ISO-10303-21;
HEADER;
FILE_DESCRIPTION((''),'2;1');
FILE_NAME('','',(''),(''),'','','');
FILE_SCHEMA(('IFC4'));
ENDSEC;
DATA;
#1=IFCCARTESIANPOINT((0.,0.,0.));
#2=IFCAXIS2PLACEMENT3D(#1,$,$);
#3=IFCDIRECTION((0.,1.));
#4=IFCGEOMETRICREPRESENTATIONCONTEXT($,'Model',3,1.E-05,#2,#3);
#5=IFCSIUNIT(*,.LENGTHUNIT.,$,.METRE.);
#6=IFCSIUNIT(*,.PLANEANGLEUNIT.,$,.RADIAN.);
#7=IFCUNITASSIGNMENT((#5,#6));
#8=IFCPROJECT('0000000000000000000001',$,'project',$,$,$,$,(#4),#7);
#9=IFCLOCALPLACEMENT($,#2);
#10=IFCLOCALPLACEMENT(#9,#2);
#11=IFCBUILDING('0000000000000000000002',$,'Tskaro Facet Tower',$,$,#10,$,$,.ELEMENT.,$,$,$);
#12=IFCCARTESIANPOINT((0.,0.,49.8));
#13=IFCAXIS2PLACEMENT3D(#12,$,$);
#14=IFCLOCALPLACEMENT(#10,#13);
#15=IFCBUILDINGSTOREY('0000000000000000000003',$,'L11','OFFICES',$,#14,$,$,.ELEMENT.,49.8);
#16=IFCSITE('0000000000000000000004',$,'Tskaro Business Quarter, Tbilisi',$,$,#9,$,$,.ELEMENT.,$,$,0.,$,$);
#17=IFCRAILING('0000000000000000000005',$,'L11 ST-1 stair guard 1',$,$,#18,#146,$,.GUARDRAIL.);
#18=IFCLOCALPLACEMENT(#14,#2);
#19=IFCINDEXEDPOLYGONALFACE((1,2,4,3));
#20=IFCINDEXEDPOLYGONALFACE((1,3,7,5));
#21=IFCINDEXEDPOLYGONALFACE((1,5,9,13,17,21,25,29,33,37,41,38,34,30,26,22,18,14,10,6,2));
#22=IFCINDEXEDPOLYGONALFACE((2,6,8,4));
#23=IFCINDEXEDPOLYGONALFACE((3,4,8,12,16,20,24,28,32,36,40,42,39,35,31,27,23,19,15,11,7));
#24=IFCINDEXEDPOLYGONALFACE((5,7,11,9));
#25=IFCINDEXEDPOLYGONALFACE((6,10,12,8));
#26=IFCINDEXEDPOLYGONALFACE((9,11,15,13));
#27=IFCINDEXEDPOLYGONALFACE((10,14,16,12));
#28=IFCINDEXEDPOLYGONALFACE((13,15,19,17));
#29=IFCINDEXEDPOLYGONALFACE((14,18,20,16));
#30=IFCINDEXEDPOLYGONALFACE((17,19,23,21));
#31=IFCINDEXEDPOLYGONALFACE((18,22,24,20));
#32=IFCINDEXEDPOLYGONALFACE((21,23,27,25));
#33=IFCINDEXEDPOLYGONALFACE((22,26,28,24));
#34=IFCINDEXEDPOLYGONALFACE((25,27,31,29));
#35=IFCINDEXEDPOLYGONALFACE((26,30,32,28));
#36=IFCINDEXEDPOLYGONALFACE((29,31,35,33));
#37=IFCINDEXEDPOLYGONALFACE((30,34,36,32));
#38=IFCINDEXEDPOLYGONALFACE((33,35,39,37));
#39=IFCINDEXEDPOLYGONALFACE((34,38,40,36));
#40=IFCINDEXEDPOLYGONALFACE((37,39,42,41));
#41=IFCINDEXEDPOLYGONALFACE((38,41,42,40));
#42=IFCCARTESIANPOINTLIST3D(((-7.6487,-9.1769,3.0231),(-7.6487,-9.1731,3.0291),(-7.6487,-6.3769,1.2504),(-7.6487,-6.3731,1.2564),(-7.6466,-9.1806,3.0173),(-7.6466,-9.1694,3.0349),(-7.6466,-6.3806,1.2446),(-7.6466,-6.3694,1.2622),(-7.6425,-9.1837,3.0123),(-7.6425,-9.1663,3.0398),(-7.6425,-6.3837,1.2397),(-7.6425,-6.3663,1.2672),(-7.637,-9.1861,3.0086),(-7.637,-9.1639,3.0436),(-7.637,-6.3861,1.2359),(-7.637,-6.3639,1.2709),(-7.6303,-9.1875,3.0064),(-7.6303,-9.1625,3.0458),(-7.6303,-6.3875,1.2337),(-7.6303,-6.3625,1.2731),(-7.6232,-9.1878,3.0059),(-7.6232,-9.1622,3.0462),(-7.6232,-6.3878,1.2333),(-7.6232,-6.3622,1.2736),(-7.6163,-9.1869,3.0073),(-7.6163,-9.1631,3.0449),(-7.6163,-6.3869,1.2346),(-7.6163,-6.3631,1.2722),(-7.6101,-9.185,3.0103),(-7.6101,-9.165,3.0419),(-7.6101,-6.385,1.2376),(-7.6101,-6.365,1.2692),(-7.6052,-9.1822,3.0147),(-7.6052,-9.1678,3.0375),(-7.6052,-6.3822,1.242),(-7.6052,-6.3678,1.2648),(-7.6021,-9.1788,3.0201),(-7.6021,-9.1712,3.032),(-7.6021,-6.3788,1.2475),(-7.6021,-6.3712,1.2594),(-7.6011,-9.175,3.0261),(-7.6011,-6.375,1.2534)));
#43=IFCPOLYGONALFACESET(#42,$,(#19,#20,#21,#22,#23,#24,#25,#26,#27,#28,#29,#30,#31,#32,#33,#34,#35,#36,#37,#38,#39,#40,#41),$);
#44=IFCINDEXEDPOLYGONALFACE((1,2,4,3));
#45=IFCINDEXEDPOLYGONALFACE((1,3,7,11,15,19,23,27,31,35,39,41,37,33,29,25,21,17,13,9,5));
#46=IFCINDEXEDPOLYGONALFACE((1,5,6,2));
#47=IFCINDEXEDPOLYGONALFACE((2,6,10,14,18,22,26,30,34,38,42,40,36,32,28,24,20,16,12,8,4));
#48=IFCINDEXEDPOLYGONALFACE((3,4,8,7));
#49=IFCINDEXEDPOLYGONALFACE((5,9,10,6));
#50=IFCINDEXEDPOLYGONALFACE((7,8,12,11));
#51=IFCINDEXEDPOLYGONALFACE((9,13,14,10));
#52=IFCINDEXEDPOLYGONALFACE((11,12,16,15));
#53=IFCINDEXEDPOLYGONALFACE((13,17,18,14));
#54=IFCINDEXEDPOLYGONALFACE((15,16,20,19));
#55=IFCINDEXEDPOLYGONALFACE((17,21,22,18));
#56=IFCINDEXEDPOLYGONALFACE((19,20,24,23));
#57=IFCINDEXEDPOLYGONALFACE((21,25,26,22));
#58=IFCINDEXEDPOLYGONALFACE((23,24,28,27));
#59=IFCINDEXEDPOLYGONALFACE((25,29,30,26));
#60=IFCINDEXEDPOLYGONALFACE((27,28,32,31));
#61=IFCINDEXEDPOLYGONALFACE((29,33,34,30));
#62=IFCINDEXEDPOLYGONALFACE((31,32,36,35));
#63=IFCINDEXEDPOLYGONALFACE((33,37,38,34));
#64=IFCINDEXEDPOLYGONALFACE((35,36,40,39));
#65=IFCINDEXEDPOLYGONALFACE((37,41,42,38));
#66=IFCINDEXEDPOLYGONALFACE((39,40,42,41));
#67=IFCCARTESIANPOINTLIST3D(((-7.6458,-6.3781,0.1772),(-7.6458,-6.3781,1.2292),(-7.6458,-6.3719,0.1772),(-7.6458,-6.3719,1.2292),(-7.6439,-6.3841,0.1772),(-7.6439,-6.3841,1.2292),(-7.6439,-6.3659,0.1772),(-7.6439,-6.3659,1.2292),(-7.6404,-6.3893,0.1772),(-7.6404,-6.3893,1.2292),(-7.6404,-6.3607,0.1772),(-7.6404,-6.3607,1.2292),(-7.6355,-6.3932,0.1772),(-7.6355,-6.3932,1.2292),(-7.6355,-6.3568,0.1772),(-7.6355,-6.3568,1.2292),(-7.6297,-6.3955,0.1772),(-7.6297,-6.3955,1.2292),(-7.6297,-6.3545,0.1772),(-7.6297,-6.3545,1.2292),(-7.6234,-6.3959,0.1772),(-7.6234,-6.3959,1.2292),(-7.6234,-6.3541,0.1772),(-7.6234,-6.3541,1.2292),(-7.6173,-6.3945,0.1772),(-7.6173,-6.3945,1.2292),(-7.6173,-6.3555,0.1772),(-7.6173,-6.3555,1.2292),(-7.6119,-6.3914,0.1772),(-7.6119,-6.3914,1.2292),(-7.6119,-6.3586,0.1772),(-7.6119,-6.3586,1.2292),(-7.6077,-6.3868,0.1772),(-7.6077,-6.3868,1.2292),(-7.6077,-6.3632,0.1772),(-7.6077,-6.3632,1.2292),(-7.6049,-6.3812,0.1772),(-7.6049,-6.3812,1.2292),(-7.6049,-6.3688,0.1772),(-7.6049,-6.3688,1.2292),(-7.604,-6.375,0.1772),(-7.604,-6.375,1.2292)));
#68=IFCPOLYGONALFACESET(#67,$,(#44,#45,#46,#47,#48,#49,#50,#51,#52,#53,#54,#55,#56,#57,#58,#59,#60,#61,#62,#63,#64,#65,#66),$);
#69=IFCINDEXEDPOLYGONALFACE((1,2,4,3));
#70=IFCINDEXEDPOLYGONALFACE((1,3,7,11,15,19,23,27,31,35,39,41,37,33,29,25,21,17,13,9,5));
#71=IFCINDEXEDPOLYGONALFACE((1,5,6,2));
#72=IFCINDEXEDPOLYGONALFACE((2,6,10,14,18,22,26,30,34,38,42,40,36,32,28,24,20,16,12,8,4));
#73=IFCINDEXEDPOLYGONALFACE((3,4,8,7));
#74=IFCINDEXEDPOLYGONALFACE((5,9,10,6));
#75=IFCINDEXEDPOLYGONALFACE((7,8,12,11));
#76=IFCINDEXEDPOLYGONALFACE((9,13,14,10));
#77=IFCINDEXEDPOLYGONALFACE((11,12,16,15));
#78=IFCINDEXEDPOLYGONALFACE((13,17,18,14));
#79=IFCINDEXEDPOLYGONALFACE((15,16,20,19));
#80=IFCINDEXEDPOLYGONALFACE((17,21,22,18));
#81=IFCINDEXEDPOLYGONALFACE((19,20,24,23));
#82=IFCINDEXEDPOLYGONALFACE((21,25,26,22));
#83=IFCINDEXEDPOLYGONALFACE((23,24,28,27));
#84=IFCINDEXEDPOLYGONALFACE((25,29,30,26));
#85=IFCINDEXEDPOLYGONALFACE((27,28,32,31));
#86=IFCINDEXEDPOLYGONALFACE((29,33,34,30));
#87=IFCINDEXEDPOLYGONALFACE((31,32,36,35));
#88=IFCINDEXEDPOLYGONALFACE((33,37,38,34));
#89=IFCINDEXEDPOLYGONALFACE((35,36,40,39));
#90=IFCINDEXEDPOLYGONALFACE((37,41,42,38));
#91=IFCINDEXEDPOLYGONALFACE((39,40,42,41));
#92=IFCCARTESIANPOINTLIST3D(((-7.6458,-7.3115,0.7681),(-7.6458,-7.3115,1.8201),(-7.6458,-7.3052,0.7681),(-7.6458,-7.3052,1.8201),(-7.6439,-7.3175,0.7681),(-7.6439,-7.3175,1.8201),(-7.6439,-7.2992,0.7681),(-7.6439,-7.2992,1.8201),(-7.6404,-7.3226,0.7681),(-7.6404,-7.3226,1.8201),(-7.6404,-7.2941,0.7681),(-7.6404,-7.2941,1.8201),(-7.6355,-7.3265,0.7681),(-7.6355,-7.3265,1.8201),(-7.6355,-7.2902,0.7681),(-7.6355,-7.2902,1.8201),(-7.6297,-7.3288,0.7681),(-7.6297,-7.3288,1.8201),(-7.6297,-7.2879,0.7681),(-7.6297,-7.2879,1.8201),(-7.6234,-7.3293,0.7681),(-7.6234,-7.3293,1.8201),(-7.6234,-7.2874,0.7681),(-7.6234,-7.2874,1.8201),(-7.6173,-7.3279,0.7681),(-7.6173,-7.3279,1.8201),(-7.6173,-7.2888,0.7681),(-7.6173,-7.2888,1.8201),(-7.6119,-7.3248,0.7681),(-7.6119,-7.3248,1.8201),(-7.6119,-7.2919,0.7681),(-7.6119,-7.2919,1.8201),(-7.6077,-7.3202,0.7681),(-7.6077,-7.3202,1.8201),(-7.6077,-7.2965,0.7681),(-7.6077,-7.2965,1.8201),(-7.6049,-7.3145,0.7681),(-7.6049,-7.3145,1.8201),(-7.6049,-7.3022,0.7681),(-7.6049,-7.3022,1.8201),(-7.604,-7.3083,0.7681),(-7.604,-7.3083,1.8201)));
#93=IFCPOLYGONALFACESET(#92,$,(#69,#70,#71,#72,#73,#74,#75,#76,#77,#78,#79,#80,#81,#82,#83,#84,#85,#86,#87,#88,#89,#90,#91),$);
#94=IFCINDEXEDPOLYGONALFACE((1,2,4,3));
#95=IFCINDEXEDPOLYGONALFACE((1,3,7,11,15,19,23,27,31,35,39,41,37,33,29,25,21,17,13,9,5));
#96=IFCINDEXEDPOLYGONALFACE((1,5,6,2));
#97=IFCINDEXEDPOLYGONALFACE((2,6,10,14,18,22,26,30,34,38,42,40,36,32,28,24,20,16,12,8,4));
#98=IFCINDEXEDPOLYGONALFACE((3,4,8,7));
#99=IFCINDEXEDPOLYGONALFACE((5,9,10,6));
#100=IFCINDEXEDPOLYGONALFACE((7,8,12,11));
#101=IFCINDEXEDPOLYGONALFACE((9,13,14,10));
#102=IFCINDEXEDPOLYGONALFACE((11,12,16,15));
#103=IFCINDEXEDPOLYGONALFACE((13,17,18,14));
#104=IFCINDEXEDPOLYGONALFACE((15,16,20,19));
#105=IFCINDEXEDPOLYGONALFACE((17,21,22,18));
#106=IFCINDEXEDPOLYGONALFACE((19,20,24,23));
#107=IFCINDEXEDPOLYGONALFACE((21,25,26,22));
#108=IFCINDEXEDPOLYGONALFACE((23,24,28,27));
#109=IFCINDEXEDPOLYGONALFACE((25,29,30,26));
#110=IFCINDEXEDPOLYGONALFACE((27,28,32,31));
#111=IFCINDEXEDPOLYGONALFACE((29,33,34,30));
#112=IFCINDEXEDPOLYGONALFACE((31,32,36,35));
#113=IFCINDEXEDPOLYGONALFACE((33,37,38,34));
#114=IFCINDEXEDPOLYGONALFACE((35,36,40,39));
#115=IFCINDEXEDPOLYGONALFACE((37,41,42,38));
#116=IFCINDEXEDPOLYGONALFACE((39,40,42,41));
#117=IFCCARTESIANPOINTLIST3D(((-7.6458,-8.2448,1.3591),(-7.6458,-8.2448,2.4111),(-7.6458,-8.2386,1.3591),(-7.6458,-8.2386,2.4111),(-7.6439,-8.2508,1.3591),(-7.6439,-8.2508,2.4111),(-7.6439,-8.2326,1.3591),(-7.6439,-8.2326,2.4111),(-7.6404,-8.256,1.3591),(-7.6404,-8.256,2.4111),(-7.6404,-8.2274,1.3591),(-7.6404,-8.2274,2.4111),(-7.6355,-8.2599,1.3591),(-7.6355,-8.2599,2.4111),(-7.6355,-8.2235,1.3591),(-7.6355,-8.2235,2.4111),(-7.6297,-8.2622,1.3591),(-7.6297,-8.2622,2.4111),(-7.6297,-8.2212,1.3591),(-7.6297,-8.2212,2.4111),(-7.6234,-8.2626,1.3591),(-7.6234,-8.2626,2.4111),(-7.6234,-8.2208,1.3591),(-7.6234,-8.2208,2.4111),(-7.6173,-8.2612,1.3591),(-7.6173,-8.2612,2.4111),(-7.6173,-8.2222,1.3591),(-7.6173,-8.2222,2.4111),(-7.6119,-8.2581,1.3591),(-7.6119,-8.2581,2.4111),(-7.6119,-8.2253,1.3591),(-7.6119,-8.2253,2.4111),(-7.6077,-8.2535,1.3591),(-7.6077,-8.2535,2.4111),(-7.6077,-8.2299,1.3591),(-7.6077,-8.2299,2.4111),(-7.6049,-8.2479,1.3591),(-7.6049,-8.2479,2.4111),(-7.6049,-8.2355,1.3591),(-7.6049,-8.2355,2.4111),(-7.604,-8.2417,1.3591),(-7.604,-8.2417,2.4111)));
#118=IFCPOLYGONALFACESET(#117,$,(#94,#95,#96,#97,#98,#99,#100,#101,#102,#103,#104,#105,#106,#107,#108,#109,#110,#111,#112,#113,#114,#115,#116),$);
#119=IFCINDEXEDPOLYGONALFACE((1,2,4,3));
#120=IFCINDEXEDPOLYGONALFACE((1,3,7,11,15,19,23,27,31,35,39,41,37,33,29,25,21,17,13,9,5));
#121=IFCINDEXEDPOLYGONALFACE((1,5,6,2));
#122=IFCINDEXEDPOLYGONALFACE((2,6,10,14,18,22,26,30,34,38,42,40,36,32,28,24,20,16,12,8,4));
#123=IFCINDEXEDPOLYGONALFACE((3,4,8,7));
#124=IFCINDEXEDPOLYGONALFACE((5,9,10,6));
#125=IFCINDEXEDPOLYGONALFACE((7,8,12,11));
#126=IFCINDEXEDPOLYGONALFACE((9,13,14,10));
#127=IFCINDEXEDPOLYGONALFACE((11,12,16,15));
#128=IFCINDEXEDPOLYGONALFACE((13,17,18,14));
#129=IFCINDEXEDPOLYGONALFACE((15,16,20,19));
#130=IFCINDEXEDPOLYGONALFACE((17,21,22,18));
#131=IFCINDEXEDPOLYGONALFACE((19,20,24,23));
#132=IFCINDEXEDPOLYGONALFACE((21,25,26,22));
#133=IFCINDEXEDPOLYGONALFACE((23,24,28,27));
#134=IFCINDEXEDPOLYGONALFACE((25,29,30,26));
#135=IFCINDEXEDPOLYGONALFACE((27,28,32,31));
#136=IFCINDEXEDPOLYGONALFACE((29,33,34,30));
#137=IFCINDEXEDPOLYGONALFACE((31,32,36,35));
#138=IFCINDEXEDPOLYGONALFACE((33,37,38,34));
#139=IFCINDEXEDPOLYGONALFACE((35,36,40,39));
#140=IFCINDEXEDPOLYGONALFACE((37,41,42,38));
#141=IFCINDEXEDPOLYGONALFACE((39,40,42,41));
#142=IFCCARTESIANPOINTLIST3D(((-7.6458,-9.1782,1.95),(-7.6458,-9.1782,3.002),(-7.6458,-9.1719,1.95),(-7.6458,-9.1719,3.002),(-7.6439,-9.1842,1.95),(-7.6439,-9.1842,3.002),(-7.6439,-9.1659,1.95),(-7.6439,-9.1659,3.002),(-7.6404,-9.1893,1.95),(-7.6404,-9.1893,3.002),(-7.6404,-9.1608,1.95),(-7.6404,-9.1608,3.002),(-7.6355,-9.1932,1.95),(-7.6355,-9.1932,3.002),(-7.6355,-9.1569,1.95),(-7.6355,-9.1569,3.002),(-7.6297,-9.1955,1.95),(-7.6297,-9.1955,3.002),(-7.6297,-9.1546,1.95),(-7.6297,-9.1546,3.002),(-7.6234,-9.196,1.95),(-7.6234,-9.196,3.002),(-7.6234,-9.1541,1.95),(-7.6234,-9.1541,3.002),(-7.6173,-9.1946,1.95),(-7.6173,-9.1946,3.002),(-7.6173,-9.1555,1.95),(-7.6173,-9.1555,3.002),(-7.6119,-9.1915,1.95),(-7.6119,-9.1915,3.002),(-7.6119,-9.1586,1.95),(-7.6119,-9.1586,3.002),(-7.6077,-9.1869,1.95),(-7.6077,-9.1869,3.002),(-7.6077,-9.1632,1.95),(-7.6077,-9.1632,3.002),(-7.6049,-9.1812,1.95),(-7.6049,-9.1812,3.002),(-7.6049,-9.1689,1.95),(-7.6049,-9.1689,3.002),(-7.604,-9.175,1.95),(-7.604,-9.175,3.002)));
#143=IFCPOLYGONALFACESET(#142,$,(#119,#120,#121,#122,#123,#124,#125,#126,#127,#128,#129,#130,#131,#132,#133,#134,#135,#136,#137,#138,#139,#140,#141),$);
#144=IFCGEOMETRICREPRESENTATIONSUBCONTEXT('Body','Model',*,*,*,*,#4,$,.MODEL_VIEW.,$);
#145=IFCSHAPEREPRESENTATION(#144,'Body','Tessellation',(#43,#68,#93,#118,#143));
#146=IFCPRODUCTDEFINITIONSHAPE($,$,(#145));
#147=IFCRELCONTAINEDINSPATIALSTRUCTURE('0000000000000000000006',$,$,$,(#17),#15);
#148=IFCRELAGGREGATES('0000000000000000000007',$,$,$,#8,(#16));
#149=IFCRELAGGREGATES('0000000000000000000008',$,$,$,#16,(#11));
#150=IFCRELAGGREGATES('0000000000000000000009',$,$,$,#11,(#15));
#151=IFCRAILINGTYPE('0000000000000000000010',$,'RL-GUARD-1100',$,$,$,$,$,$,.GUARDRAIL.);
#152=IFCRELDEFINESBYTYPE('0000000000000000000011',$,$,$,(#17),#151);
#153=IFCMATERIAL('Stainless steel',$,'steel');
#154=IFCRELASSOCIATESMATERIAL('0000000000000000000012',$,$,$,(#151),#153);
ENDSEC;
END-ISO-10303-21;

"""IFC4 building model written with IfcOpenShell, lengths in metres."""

from ifc_helpers import new_model, si_unit, direction, frame, origin, origin_2d, place, context, subcontext, project, spatial, circle, extrude, material, type_object, element, save


model = new_model("IFC4")

# Units and contexts
model_context = context("Model", 3, precision=1e-05, world=origin(), true_north=direction((0.0, 1.0)))
body_context = subcontext(model_context, "Body", "Model", "MODEL_VIEW")
ifc_project = project(units=[si_unit("LENGTHUNIT", "METRE"), si_unit("PLANEANGLEUNIT", "RADIAN")], contexts=[model_context])

# Site, building, storey
site_placement = place(None, origin())
site = spatial("IfcSite", under=ifc_project, at=site_placement, Name="Tskaro Business Quarter, Tbilisi", CompositionType="ELEMENT", RefElevation=0.0)
building_placement = place(site_placement, origin())
building = spatial("IfcBuilding", under=site, at=building_placement, Name="Tskaro Facet Tower", CompositionType="ELEMENT")
storey_placement = place(building_placement, frame((0.0, 0.0, 49.8)))
storey = spatial("IfcBuildingStorey", under=building, at=storey_placement, Name="L11", Description="OFFICES", CompositionType="ELEMENT", Elevation=49.8)

# Shared definitions
ifc_material_1 = material(Name="Stainless steel", Category="steel")

# Railing
railing_type_1 = type_object("IfcRailingType", Name="RL-GUARD-1100", PredefinedType="GUARDRAIL", material=ifc_material_1)
railing_1_placement = place(storey_placement, frame((-7.625, -6.375, 0.1772)))
element("IfcRailing", 1, at=railing_1_placement, inside=storey, type_object=railing_type_1, Name="L11 ST-1 stair guard 1", PredefinedType="GUARDRAIL", context=body_context, shape_type="SweptSolid", body=[
    extrude(circle(Radius=0.0239, at=origin_2d()), frame((0.0, 0.0, 1.0762), z_axis=(0.0, -0.844909, 0.53491), x_axis=(1.0, 0.0, 0.0)), (0.0, 0.0, 1.0), 3.314),
    extrude(circle(Radius=0.021, at=origin_2d()), origin(), (0.0, 0.0, 1.0), 1.052),
    extrude(circle(Radius=0.021, at=origin_2d()), frame((0.0, -0.9333, 0.5908)), (0.0, 0.0, 1.0), 1.052),
    extrude(circle(Radius=0.021, at=origin_2d()), frame((0.0, -1.8667, 1.1819)), (0.0, 0.0, 1.0), 1.052),
    extrude(circle(Radius=0.021, at=origin_2d()), frame((0.0, -2.8, 1.7727)), (0.0, 0.0, 1.0), 1.052),
])

save(model, "model.ifc")
